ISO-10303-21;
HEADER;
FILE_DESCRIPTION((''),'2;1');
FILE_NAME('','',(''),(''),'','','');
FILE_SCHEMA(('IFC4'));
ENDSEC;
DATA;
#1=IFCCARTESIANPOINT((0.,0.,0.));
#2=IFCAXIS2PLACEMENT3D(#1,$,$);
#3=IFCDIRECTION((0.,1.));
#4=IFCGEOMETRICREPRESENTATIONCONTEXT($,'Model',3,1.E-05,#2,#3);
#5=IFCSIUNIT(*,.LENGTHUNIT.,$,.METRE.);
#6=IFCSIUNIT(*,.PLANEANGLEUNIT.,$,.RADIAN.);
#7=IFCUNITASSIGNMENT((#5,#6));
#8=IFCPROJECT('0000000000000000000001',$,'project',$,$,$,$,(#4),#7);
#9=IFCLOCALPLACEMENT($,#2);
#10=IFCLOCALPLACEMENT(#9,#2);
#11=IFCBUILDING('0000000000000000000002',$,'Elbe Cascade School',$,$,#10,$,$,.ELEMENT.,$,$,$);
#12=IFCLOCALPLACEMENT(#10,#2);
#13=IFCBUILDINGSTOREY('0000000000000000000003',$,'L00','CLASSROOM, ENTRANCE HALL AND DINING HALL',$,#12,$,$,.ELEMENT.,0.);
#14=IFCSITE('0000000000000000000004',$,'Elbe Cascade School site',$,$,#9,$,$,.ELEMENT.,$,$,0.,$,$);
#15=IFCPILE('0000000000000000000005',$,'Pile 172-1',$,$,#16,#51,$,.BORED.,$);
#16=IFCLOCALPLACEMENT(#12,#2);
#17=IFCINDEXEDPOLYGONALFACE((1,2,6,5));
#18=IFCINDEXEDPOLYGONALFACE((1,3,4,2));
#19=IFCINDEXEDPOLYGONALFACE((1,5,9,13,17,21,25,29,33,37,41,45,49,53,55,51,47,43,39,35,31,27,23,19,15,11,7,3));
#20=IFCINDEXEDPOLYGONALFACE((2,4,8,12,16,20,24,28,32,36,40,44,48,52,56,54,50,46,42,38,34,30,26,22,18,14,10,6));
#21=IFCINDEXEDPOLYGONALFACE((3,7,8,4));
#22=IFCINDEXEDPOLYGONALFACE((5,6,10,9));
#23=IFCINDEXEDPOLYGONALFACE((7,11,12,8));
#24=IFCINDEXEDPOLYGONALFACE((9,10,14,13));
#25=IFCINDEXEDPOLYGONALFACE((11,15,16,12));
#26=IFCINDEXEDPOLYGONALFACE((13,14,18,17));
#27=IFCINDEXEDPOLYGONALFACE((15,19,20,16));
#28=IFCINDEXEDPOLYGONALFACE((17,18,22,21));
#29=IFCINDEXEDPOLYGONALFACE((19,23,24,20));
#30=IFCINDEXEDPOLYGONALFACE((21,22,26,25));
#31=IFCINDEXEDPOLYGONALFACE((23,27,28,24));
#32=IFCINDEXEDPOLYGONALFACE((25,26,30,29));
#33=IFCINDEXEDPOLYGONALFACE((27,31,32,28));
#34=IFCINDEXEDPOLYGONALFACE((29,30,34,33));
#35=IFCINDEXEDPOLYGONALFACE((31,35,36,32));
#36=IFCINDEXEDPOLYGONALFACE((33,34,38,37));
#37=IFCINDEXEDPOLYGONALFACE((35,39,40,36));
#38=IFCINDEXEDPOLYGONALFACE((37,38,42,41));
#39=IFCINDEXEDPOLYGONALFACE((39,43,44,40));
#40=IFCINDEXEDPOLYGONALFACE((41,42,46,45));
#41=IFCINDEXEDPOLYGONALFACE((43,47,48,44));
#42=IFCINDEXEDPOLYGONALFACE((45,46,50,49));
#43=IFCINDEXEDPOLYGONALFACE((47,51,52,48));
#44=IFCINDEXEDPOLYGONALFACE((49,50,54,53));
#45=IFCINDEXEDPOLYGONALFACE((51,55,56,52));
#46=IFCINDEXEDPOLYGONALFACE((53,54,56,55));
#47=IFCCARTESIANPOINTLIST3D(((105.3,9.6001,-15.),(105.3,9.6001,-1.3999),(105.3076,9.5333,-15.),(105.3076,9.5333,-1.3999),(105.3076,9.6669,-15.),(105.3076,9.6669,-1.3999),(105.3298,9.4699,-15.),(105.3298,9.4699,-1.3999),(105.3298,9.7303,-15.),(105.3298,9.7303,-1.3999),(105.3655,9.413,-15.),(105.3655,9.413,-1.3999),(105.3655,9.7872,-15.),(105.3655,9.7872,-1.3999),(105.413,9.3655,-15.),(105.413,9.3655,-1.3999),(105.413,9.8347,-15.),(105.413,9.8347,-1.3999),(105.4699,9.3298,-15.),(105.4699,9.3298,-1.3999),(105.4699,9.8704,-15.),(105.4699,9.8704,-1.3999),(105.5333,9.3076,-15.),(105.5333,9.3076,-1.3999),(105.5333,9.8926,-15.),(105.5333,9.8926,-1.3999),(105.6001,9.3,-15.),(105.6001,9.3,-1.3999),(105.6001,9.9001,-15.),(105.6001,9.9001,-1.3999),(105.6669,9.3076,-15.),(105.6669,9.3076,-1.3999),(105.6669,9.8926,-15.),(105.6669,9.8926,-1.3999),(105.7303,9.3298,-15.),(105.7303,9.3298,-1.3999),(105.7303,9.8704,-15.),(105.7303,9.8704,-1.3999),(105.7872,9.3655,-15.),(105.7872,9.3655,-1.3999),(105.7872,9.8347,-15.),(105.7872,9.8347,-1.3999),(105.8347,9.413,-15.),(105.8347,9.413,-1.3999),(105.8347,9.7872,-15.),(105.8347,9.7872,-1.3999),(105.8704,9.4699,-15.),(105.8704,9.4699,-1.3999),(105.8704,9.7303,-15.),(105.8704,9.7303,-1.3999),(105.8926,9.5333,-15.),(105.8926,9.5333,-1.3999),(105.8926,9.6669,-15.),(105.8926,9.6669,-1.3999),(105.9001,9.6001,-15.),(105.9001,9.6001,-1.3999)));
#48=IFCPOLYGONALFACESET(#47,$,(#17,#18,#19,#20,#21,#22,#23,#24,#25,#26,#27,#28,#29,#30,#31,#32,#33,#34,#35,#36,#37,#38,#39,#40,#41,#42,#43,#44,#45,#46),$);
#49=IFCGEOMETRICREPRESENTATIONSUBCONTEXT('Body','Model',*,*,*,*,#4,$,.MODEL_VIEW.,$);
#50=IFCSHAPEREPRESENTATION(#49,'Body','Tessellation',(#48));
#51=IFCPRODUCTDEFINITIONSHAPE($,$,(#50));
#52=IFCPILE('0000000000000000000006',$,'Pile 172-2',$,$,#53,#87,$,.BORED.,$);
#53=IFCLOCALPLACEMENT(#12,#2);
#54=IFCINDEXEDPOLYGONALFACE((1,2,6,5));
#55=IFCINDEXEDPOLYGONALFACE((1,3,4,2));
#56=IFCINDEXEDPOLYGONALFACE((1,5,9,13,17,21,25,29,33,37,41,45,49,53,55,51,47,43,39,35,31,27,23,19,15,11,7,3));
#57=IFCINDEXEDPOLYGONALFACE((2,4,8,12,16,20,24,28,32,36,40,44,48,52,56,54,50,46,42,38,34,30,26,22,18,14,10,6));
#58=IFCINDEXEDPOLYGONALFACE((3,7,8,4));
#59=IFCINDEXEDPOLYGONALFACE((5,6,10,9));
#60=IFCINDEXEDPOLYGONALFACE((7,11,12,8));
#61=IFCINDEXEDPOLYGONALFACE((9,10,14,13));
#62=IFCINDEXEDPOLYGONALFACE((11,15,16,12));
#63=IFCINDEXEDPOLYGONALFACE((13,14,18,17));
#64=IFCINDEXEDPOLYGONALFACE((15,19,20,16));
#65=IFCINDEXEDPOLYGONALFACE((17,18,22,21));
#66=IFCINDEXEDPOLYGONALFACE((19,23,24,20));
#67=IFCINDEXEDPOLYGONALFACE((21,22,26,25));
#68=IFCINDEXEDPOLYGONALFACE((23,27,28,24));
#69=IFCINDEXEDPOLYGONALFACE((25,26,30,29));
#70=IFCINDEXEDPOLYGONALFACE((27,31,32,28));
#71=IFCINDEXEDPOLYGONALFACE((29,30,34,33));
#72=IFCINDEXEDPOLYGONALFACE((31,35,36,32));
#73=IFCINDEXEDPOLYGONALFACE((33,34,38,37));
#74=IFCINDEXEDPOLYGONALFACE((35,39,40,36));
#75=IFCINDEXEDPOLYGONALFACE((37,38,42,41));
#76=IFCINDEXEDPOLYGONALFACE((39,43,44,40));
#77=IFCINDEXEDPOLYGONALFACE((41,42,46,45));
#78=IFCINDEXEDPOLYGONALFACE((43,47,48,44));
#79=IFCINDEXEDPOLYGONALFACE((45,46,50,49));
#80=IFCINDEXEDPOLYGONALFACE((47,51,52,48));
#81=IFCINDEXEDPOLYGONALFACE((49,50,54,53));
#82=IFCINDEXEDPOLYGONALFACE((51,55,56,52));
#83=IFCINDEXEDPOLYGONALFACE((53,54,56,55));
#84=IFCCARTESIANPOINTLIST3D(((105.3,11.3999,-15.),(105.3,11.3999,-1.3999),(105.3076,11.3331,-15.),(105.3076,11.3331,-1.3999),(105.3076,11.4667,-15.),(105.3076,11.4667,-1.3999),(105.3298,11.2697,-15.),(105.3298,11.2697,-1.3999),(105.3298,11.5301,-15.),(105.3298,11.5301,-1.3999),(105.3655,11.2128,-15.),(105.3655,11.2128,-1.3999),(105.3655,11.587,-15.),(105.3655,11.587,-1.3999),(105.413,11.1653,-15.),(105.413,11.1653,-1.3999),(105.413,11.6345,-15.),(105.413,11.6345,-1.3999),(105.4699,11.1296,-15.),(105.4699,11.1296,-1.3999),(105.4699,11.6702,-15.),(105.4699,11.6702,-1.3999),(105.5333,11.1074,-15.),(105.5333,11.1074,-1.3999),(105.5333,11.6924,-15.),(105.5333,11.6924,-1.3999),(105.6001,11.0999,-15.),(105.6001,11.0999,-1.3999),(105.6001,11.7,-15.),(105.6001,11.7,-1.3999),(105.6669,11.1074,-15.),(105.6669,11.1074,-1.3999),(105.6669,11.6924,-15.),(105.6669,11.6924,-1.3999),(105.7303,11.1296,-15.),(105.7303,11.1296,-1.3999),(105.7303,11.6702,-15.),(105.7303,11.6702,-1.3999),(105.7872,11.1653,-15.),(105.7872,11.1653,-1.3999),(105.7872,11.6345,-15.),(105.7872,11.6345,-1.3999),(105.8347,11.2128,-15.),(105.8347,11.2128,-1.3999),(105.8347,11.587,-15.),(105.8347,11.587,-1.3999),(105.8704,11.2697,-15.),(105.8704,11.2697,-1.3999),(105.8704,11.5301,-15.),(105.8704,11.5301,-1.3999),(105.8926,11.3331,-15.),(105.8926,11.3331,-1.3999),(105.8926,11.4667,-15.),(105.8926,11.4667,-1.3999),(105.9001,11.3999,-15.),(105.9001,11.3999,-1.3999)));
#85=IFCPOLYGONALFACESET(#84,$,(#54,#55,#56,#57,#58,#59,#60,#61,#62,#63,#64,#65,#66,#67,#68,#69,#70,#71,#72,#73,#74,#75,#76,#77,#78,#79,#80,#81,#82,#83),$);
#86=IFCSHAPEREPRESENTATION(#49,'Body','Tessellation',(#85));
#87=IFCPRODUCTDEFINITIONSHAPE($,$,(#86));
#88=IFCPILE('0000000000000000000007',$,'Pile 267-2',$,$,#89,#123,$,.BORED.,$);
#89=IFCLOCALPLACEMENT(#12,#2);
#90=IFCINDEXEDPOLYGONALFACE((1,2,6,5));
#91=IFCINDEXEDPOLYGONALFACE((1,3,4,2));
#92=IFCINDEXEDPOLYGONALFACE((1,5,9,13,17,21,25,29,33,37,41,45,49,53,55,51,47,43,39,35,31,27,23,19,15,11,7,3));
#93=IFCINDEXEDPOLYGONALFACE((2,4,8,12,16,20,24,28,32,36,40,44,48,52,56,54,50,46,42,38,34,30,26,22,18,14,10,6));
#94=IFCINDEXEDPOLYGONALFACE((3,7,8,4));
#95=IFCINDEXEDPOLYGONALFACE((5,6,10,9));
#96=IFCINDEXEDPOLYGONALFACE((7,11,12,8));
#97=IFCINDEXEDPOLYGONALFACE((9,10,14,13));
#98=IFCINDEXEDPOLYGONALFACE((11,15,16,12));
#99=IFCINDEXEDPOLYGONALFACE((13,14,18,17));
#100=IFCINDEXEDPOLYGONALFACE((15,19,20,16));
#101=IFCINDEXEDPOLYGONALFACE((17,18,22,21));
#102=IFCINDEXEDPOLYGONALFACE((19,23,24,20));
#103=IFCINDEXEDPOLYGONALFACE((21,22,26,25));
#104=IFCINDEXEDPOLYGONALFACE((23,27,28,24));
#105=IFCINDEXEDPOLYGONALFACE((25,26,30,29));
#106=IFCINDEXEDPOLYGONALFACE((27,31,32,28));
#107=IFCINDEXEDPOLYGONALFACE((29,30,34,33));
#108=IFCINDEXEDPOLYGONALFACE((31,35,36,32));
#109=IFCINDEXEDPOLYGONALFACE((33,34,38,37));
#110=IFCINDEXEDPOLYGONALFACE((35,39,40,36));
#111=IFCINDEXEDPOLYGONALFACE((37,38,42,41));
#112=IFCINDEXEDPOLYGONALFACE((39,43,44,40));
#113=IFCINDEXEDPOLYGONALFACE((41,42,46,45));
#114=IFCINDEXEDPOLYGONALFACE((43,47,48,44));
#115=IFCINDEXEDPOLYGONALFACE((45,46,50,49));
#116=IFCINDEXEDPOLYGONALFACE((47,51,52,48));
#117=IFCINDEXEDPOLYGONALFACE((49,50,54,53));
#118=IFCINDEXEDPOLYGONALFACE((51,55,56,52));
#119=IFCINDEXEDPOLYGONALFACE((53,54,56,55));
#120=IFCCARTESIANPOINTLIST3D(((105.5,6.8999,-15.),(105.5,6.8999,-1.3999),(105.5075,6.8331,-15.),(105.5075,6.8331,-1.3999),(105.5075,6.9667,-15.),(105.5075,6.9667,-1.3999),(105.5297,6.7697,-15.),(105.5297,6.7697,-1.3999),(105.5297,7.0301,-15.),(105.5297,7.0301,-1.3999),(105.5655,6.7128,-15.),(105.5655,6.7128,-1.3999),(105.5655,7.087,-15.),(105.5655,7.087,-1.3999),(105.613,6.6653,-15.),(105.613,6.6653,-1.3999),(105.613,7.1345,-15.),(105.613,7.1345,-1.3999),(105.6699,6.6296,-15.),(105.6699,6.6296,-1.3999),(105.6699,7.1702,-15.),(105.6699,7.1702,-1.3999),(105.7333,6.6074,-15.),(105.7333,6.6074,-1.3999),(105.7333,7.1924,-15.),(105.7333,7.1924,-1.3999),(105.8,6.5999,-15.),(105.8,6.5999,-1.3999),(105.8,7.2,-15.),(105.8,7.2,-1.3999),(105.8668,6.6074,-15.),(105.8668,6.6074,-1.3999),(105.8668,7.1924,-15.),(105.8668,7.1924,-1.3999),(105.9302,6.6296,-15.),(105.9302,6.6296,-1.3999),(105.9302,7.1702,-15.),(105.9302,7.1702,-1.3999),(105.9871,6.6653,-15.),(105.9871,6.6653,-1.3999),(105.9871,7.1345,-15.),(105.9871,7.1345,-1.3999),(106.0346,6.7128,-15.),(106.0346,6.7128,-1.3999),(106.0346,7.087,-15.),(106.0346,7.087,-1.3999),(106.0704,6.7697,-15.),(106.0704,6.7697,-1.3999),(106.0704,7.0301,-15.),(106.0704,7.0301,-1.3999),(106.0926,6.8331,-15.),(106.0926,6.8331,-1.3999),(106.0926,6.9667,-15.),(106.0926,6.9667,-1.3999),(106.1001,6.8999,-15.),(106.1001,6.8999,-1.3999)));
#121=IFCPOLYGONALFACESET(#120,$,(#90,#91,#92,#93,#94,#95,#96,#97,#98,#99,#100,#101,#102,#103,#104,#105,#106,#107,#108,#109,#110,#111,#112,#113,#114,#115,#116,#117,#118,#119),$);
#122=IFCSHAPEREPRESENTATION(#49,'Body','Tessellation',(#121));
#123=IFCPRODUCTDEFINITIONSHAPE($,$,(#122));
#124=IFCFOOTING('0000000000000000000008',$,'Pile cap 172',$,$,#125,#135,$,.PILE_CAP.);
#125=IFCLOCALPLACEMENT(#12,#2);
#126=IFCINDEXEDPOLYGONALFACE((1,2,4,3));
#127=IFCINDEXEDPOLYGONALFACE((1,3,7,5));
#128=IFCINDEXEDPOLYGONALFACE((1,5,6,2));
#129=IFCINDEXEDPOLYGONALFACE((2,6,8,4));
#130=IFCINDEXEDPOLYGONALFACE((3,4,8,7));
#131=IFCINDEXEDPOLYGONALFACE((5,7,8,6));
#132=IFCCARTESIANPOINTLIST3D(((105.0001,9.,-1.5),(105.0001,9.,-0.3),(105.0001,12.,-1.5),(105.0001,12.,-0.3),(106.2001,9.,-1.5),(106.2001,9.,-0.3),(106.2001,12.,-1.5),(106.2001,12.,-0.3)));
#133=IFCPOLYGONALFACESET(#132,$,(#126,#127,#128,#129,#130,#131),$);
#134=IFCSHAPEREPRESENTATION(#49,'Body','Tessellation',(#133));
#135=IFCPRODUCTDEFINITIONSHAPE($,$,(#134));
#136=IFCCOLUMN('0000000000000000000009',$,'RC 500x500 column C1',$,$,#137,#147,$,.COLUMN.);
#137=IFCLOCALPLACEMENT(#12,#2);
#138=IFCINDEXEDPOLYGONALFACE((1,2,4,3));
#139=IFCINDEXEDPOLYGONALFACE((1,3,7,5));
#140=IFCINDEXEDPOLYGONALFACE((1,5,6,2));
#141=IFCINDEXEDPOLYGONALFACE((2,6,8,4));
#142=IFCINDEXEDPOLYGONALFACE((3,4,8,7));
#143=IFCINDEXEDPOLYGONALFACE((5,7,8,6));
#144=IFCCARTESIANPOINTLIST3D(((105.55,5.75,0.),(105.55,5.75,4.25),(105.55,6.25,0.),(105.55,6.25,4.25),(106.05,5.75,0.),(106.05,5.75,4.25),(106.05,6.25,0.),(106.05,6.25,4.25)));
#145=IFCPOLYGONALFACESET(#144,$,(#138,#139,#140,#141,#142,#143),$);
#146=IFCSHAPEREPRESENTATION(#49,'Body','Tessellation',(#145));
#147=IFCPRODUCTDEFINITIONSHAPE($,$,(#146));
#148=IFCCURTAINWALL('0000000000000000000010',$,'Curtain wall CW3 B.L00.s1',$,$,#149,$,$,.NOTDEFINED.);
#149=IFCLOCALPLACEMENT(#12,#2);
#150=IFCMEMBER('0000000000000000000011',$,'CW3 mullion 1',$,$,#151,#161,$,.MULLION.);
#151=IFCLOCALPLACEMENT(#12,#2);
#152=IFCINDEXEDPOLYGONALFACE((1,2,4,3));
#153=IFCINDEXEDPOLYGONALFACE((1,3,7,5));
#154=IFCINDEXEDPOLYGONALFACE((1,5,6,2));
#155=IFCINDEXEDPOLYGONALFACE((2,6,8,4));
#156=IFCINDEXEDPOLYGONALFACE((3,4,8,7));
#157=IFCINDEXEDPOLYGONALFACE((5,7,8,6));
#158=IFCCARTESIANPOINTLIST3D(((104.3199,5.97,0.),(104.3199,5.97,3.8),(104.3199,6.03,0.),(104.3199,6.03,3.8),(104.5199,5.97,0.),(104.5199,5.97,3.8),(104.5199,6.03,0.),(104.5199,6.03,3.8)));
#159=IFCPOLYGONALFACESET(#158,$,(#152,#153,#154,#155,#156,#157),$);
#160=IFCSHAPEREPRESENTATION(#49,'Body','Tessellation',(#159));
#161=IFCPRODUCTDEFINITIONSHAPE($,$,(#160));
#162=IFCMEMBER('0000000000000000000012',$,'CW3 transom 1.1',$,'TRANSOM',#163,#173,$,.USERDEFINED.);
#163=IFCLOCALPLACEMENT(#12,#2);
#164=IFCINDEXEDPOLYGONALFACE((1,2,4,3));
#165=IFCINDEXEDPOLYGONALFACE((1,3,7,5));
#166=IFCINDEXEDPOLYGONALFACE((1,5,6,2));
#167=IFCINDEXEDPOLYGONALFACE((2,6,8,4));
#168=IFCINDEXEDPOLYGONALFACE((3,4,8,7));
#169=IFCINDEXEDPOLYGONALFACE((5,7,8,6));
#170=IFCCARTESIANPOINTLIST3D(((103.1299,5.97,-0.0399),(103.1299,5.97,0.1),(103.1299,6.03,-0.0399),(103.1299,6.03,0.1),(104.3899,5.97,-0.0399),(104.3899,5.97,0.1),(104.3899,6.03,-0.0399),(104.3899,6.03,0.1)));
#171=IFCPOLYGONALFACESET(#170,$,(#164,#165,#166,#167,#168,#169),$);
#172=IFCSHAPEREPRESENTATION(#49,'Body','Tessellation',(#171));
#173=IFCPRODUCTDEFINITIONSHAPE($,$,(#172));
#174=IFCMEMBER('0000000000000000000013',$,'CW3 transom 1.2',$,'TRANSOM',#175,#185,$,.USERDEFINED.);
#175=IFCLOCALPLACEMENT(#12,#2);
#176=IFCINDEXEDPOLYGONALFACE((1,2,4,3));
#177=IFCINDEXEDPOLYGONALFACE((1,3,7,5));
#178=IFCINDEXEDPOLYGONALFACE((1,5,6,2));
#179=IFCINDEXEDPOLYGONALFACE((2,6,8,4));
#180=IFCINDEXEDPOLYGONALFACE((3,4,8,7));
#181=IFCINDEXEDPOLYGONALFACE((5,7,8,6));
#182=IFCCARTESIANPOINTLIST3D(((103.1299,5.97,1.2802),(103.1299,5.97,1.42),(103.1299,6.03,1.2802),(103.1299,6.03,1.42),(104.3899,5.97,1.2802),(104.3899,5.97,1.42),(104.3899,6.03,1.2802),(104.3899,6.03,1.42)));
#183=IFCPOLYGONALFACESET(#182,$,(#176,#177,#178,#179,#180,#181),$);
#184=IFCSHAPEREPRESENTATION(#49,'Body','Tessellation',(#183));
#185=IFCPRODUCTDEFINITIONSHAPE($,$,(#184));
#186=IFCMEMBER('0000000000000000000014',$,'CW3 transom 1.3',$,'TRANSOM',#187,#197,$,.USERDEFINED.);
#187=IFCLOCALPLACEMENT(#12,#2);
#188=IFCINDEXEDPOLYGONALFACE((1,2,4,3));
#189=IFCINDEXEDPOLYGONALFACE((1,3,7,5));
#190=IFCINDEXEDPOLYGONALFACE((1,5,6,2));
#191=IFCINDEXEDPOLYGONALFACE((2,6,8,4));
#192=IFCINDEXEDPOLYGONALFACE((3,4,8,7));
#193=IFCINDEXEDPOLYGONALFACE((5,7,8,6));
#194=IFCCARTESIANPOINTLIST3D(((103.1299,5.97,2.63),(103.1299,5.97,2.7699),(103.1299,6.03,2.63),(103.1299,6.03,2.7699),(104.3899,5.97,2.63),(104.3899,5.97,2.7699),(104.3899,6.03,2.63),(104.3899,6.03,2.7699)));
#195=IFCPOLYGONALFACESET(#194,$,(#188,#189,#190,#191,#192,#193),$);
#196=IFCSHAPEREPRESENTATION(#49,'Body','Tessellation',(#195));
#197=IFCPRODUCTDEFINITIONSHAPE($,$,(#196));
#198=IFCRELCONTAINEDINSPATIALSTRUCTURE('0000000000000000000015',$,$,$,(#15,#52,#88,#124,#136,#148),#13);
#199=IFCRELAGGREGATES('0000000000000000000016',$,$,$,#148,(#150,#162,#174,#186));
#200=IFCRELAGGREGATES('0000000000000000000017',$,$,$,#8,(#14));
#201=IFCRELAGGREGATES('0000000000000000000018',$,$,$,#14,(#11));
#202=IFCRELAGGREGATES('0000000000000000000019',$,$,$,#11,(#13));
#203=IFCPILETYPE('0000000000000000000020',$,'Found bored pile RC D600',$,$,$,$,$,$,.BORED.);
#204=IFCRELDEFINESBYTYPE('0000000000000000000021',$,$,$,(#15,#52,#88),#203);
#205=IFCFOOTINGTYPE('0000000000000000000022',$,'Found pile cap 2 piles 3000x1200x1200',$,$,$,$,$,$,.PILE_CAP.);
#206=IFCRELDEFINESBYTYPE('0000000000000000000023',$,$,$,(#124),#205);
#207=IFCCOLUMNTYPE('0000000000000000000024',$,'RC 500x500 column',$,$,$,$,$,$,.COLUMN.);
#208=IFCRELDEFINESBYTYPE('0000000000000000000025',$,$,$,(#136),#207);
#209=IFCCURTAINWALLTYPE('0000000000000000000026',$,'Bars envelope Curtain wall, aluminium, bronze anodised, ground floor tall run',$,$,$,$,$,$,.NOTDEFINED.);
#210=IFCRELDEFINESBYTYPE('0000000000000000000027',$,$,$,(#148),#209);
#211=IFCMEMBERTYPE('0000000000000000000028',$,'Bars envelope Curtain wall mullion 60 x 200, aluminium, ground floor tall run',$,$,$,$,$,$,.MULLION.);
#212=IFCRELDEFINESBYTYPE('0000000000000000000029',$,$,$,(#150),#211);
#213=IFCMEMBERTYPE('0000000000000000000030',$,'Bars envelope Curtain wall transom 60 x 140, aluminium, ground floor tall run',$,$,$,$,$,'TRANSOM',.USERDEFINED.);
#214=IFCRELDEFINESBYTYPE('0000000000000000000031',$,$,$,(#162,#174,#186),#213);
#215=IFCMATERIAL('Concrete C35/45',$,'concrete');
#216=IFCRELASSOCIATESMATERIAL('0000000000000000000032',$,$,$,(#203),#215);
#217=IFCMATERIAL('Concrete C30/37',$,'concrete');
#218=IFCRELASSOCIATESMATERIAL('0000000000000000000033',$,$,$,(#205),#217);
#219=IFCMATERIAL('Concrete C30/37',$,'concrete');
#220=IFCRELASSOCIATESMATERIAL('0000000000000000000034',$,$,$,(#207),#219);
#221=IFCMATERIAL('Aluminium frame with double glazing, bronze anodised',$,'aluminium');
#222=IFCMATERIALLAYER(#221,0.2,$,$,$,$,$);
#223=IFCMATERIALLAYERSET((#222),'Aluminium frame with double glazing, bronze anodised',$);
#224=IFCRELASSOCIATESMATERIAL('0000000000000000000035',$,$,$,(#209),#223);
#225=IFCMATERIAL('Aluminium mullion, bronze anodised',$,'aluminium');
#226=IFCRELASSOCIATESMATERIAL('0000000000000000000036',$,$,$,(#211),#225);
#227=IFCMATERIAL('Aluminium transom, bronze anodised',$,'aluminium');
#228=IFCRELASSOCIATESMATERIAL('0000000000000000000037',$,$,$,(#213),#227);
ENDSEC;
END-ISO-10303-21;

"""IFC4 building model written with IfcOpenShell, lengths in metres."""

from ifc_helpers import new_model, si_unit, direction, frame, origin, origin_2d, place, context, subcontext, project, spatial, rectangle, circle, extrude, material, layer, layer_set, material_profile, profile_set, type_object, element, aggregate, save


model = new_model("IFC4")

# Units and contexts
model_context = context("Model", 3, precision=1e-05, world=origin(), true_north=direction((0.0, 1.0)))
body_context = subcontext(model_context, "Body", "Model", "MODEL_VIEW")
ifc_project = project(units=[si_unit("LENGTHUNIT", "METRE"), si_unit("PLANEANGLEUNIT", "RADIAN")], contexts=[model_context])

# Site, building, storey
site_placement = place(None, origin())
site = spatial("IfcSite", under=ifc_project, at=site_placement, Name="Elbe Cascade School site", CompositionType="ELEMENT", RefElevation=0.0)
building_placement = place(site_placement, origin())
building = spatial("IfcBuilding", under=site, at=building_placement, Name="Elbe Cascade School", CompositionType="ELEMENT")
storey_placement = place(building_placement, origin())
storey = spatial("IfcBuildingStorey", under=building, at=storey_placement, Name="L00", Description="CLASSROOM, ENTRANCE HALL AND DINING HALL", CompositionType="ELEMENT", Elevation=0.0)

# Piles
ifc_material_1 = material(Name="Concrete C35/45", Category="concrete")
ifc_material_profile_1 = material_profile(ifc_material_1, circle(Radius=0.3, at=origin_2d()), Name="RC D600")
ifc_profile_set_1 = profile_set([ifc_material_profile_1], Name="Concrete C35/45")
pile_type = type_object("IfcPileType", Name="Found bored pile RC D600", PredefinedType="BORED", material=ifc_profile_set_1)
for number, where, z_axis, x_axis, name in (
    (1, (105.6001, 9.6001, -1.3999), (0.0, 0.0, -1.0), (1.0, 0.0, 0.0), "Pile 172-1"),
    (2, (105.6001, 11.3999, -1.3999), (0.0, 0.0, -1.0), (1.0, 0.0, 0.0), "Pile 172-2"),
    (3, (105.8, 6.8999, -1.3999), (0.0, 0.0, -1.0), (1.0, 0.0, 0.0), "Pile 267-2"),
):
    element("IfcPile", number, at=place(storey_placement, frame(where, z_axis=z_axis, x_axis=x_axis)), inside=storey, type_object=pile_type, Name=name, PredefinedType="BORED", context=body_context, shape_type="SweptSolid", body=[
        extrude(circle(Radius=0.3, at=origin_2d()), origin(), (0.0, 0.0, 1.0), 13.6001),
    ])

# Footing
ifc_material_2 = material(Name="Concrete C30/37", Category="concrete")
footing_type = type_object("IfcFootingType", Name="Found pile cap 2 piles 3000x1200x1200", PredefinedType="PILE_CAP", material=ifc_material_2)
footing_placement = place(storey_placement, frame((105.6001, 10.5, -1.5), z_axis=(0.0, 0.0, 1.0), x_axis=(1.0, 0.0, 0.0)))
element("IfcFooting", 4, at=footing_placement, inside=storey, type_object=footing_type, Name="Pile cap 172", PredefinedType="PILE_CAP", context=body_context, shape_type="SweptSolid", body=[
    extrude(rectangle(XDim=1.2, YDim=3.0, at=origin_2d()), origin(), (0.0, 0.0, 1.0), 1.2),
])

# Column
ifc_material_3 = material(Name="Concrete C30/37", Category="concrete")
ifc_material_profile_2 = material_profile(ifc_material_3, rectangle(XDim=0.5, YDim=0.5, at=origin_2d()), Name="RC 500x500")
ifc_profile_set_2 = profile_set([ifc_material_profile_2], Name="Concrete C30/37")
column_type = type_object("IfcColumnType", Name="RC 500x500 column", PredefinedType="COLUMN", material=ifc_profile_set_2)
column_placement = place(storey_placement, frame((105.8, 6.0, 0.0), z_axis=(0.0, 0.0, 1.0), x_axis=(1.0, 0.0, 0.0)))
element("IfcColumn", 5, at=column_placement, inside=storey, type_object=column_type, Name="RC 500x500 column C1", PredefinedType="COLUMN", context=body_context, shape_type="SweptSolid", body=[
    extrude(rectangle(XDim=0.5, YDim=0.5, at=origin_2d()), origin(), (0.0, 0.0, 1.0), 4.25),
])

# Curtain wall, members
ifc_material_4 = material(Name="Aluminium frame with double glazing, bronze anodised", Category="aluminium")
ifc_layer_1 = layer(ifc_material_4, 0.2)
ifc_layer_set_1 = layer_set([ifc_layer_1], Name="Aluminium frame with double glazing, bronze anodised")
curtain_wall_type = type_object("IfcCurtainWallType", Name="Bars envelope Curtain wall, aluminium, bronze anodised, ground floor tall run", PredefinedType="NOTDEFINED", material=ifc_layer_set_1)
curtain_wall_placement = place(storey_placement, origin())
curtain_wall = element("IfcCurtainWall", 6, at=curtain_wall_placement, inside=storey, type_object=curtain_wall_type, Name="Curtain wall CW3 B.L00.s1", PredefinedType="NOTDEFINED")
ifc_material_5 = material(Name="Aluminium mullion, bronze anodised", Category="aluminium")
ifc_material_profile_3 = material_profile(ifc_material_5, rectangle(XDim=0.0601, YDim=0.2, at=origin_2d()), Name="Bars envelope Curtain wall mullion 60 x 200, aluminium, ground floor tall run")
ifc_profile_set_3 = profile_set([ifc_material_profile_3], Name="Aluminium mullion, bronze anodised")
member_type_1 = type_object("IfcMemberType", Name="Bars envelope Curtain wall mullion 60 x 200, aluminium, ground floor tall run", PredefinedType="MULLION", material=ifc_profile_set_3)
member_1_placement = place(storey_placement, frame((104.4199, 6.0, 0.0), z_axis=(0.0, 0.0, 1.0), x_axis=(0.0, -1.0, 0.0)))
member_1 = element("IfcMember", 7, at=member_1_placement, type_object=member_type_1, Name="CW3 mullion 1", PredefinedType="MULLION", context=body_context, shape_type="SweptSolid", body=[
    extrude(rectangle(XDim=0.0601, YDim=0.2, at=origin_2d()), origin(), (0.0, 0.0, 1.0), 3.8),
])
ifc_material_6 = material(Name="Aluminium transom, bronze anodised", Category="aluminium")
ifc_material_profile_4 = material_profile(ifc_material_6, rectangle(XDim=0.0601, YDim=0.1399, at=origin_2d()), Name="Bars envelope Curtain wall transom 60 x 140, aluminium, ground floor tall run")
ifc_profile_set_4 = profile_set([ifc_material_profile_4], Name="Aluminium transom, bronze anodised")
member_type_2 = type_object("IfcMemberType", Name="Bars envelope Curtain wall transom 60 x 140, aluminium, ground floor tall run", ElementType="TRANSOM", PredefinedType="USERDEFINED", material=ifc_profile_set_4)
member_2_placement = place(storey_placement, frame((104.3899, 6.0, 0.03), z_axis=(-1.0, 0.0, 0.0), x_axis=(0.0, -1.0, 0.0)))
member_2 = element("IfcMember", 8, at=member_2_placement, type_object=member_type_2, Name="CW3 transom 1.1", ObjectType="TRANSOM", PredefinedType="USERDEFINED", context=body_context, shape_type="SweptSolid", body=[
    extrude(rectangle(XDim=0.0601, YDim=0.1399, at=origin_2d()), origin(), (0.0, 0.0, 1.0), 1.26),
])
member_3_placement = place(storey_placement, frame((104.3899, 6.0, 1.3501), z_axis=(-1.0, 0.0, 0.0), x_axis=(0.0, -1.0, 0.0)))
member_3 = element("IfcMember", 9, at=member_3_placement, type_object=member_type_2, Name="CW3 transom 1.2", ObjectType="TRANSOM", PredefinedType="USERDEFINED", context=body_context, shape_type="SweptSolid", body=[
    extrude(rectangle(XDim=0.0601, YDim=0.1399, at=origin_2d()), origin(), (0.0, 0.0, 1.0), 1.26),
])
member_4_placement = place(storey_placement, frame((104.3899, 6.0, 2.7), z_axis=(-1.0, 0.0, 0.0), x_axis=(0.0, -1.0, 0.0)))
member_4 = element("IfcMember", 10, at=member_4_placement, type_object=member_type_2, Name="CW3 transom 1.3", ObjectType="TRANSOM", PredefinedType="USERDEFINED", context=body_context, shape_type="SweptSolid", body=[
    extrude(rectangle(XDim=0.0601, YDim=0.1399, at=origin_2d()), origin(), (0.0, 0.0, 1.0), 1.26),
])

aggregate(curtain_wall, [member_1, member_2, member_3, member_4])

save(model, "model.ifc")
